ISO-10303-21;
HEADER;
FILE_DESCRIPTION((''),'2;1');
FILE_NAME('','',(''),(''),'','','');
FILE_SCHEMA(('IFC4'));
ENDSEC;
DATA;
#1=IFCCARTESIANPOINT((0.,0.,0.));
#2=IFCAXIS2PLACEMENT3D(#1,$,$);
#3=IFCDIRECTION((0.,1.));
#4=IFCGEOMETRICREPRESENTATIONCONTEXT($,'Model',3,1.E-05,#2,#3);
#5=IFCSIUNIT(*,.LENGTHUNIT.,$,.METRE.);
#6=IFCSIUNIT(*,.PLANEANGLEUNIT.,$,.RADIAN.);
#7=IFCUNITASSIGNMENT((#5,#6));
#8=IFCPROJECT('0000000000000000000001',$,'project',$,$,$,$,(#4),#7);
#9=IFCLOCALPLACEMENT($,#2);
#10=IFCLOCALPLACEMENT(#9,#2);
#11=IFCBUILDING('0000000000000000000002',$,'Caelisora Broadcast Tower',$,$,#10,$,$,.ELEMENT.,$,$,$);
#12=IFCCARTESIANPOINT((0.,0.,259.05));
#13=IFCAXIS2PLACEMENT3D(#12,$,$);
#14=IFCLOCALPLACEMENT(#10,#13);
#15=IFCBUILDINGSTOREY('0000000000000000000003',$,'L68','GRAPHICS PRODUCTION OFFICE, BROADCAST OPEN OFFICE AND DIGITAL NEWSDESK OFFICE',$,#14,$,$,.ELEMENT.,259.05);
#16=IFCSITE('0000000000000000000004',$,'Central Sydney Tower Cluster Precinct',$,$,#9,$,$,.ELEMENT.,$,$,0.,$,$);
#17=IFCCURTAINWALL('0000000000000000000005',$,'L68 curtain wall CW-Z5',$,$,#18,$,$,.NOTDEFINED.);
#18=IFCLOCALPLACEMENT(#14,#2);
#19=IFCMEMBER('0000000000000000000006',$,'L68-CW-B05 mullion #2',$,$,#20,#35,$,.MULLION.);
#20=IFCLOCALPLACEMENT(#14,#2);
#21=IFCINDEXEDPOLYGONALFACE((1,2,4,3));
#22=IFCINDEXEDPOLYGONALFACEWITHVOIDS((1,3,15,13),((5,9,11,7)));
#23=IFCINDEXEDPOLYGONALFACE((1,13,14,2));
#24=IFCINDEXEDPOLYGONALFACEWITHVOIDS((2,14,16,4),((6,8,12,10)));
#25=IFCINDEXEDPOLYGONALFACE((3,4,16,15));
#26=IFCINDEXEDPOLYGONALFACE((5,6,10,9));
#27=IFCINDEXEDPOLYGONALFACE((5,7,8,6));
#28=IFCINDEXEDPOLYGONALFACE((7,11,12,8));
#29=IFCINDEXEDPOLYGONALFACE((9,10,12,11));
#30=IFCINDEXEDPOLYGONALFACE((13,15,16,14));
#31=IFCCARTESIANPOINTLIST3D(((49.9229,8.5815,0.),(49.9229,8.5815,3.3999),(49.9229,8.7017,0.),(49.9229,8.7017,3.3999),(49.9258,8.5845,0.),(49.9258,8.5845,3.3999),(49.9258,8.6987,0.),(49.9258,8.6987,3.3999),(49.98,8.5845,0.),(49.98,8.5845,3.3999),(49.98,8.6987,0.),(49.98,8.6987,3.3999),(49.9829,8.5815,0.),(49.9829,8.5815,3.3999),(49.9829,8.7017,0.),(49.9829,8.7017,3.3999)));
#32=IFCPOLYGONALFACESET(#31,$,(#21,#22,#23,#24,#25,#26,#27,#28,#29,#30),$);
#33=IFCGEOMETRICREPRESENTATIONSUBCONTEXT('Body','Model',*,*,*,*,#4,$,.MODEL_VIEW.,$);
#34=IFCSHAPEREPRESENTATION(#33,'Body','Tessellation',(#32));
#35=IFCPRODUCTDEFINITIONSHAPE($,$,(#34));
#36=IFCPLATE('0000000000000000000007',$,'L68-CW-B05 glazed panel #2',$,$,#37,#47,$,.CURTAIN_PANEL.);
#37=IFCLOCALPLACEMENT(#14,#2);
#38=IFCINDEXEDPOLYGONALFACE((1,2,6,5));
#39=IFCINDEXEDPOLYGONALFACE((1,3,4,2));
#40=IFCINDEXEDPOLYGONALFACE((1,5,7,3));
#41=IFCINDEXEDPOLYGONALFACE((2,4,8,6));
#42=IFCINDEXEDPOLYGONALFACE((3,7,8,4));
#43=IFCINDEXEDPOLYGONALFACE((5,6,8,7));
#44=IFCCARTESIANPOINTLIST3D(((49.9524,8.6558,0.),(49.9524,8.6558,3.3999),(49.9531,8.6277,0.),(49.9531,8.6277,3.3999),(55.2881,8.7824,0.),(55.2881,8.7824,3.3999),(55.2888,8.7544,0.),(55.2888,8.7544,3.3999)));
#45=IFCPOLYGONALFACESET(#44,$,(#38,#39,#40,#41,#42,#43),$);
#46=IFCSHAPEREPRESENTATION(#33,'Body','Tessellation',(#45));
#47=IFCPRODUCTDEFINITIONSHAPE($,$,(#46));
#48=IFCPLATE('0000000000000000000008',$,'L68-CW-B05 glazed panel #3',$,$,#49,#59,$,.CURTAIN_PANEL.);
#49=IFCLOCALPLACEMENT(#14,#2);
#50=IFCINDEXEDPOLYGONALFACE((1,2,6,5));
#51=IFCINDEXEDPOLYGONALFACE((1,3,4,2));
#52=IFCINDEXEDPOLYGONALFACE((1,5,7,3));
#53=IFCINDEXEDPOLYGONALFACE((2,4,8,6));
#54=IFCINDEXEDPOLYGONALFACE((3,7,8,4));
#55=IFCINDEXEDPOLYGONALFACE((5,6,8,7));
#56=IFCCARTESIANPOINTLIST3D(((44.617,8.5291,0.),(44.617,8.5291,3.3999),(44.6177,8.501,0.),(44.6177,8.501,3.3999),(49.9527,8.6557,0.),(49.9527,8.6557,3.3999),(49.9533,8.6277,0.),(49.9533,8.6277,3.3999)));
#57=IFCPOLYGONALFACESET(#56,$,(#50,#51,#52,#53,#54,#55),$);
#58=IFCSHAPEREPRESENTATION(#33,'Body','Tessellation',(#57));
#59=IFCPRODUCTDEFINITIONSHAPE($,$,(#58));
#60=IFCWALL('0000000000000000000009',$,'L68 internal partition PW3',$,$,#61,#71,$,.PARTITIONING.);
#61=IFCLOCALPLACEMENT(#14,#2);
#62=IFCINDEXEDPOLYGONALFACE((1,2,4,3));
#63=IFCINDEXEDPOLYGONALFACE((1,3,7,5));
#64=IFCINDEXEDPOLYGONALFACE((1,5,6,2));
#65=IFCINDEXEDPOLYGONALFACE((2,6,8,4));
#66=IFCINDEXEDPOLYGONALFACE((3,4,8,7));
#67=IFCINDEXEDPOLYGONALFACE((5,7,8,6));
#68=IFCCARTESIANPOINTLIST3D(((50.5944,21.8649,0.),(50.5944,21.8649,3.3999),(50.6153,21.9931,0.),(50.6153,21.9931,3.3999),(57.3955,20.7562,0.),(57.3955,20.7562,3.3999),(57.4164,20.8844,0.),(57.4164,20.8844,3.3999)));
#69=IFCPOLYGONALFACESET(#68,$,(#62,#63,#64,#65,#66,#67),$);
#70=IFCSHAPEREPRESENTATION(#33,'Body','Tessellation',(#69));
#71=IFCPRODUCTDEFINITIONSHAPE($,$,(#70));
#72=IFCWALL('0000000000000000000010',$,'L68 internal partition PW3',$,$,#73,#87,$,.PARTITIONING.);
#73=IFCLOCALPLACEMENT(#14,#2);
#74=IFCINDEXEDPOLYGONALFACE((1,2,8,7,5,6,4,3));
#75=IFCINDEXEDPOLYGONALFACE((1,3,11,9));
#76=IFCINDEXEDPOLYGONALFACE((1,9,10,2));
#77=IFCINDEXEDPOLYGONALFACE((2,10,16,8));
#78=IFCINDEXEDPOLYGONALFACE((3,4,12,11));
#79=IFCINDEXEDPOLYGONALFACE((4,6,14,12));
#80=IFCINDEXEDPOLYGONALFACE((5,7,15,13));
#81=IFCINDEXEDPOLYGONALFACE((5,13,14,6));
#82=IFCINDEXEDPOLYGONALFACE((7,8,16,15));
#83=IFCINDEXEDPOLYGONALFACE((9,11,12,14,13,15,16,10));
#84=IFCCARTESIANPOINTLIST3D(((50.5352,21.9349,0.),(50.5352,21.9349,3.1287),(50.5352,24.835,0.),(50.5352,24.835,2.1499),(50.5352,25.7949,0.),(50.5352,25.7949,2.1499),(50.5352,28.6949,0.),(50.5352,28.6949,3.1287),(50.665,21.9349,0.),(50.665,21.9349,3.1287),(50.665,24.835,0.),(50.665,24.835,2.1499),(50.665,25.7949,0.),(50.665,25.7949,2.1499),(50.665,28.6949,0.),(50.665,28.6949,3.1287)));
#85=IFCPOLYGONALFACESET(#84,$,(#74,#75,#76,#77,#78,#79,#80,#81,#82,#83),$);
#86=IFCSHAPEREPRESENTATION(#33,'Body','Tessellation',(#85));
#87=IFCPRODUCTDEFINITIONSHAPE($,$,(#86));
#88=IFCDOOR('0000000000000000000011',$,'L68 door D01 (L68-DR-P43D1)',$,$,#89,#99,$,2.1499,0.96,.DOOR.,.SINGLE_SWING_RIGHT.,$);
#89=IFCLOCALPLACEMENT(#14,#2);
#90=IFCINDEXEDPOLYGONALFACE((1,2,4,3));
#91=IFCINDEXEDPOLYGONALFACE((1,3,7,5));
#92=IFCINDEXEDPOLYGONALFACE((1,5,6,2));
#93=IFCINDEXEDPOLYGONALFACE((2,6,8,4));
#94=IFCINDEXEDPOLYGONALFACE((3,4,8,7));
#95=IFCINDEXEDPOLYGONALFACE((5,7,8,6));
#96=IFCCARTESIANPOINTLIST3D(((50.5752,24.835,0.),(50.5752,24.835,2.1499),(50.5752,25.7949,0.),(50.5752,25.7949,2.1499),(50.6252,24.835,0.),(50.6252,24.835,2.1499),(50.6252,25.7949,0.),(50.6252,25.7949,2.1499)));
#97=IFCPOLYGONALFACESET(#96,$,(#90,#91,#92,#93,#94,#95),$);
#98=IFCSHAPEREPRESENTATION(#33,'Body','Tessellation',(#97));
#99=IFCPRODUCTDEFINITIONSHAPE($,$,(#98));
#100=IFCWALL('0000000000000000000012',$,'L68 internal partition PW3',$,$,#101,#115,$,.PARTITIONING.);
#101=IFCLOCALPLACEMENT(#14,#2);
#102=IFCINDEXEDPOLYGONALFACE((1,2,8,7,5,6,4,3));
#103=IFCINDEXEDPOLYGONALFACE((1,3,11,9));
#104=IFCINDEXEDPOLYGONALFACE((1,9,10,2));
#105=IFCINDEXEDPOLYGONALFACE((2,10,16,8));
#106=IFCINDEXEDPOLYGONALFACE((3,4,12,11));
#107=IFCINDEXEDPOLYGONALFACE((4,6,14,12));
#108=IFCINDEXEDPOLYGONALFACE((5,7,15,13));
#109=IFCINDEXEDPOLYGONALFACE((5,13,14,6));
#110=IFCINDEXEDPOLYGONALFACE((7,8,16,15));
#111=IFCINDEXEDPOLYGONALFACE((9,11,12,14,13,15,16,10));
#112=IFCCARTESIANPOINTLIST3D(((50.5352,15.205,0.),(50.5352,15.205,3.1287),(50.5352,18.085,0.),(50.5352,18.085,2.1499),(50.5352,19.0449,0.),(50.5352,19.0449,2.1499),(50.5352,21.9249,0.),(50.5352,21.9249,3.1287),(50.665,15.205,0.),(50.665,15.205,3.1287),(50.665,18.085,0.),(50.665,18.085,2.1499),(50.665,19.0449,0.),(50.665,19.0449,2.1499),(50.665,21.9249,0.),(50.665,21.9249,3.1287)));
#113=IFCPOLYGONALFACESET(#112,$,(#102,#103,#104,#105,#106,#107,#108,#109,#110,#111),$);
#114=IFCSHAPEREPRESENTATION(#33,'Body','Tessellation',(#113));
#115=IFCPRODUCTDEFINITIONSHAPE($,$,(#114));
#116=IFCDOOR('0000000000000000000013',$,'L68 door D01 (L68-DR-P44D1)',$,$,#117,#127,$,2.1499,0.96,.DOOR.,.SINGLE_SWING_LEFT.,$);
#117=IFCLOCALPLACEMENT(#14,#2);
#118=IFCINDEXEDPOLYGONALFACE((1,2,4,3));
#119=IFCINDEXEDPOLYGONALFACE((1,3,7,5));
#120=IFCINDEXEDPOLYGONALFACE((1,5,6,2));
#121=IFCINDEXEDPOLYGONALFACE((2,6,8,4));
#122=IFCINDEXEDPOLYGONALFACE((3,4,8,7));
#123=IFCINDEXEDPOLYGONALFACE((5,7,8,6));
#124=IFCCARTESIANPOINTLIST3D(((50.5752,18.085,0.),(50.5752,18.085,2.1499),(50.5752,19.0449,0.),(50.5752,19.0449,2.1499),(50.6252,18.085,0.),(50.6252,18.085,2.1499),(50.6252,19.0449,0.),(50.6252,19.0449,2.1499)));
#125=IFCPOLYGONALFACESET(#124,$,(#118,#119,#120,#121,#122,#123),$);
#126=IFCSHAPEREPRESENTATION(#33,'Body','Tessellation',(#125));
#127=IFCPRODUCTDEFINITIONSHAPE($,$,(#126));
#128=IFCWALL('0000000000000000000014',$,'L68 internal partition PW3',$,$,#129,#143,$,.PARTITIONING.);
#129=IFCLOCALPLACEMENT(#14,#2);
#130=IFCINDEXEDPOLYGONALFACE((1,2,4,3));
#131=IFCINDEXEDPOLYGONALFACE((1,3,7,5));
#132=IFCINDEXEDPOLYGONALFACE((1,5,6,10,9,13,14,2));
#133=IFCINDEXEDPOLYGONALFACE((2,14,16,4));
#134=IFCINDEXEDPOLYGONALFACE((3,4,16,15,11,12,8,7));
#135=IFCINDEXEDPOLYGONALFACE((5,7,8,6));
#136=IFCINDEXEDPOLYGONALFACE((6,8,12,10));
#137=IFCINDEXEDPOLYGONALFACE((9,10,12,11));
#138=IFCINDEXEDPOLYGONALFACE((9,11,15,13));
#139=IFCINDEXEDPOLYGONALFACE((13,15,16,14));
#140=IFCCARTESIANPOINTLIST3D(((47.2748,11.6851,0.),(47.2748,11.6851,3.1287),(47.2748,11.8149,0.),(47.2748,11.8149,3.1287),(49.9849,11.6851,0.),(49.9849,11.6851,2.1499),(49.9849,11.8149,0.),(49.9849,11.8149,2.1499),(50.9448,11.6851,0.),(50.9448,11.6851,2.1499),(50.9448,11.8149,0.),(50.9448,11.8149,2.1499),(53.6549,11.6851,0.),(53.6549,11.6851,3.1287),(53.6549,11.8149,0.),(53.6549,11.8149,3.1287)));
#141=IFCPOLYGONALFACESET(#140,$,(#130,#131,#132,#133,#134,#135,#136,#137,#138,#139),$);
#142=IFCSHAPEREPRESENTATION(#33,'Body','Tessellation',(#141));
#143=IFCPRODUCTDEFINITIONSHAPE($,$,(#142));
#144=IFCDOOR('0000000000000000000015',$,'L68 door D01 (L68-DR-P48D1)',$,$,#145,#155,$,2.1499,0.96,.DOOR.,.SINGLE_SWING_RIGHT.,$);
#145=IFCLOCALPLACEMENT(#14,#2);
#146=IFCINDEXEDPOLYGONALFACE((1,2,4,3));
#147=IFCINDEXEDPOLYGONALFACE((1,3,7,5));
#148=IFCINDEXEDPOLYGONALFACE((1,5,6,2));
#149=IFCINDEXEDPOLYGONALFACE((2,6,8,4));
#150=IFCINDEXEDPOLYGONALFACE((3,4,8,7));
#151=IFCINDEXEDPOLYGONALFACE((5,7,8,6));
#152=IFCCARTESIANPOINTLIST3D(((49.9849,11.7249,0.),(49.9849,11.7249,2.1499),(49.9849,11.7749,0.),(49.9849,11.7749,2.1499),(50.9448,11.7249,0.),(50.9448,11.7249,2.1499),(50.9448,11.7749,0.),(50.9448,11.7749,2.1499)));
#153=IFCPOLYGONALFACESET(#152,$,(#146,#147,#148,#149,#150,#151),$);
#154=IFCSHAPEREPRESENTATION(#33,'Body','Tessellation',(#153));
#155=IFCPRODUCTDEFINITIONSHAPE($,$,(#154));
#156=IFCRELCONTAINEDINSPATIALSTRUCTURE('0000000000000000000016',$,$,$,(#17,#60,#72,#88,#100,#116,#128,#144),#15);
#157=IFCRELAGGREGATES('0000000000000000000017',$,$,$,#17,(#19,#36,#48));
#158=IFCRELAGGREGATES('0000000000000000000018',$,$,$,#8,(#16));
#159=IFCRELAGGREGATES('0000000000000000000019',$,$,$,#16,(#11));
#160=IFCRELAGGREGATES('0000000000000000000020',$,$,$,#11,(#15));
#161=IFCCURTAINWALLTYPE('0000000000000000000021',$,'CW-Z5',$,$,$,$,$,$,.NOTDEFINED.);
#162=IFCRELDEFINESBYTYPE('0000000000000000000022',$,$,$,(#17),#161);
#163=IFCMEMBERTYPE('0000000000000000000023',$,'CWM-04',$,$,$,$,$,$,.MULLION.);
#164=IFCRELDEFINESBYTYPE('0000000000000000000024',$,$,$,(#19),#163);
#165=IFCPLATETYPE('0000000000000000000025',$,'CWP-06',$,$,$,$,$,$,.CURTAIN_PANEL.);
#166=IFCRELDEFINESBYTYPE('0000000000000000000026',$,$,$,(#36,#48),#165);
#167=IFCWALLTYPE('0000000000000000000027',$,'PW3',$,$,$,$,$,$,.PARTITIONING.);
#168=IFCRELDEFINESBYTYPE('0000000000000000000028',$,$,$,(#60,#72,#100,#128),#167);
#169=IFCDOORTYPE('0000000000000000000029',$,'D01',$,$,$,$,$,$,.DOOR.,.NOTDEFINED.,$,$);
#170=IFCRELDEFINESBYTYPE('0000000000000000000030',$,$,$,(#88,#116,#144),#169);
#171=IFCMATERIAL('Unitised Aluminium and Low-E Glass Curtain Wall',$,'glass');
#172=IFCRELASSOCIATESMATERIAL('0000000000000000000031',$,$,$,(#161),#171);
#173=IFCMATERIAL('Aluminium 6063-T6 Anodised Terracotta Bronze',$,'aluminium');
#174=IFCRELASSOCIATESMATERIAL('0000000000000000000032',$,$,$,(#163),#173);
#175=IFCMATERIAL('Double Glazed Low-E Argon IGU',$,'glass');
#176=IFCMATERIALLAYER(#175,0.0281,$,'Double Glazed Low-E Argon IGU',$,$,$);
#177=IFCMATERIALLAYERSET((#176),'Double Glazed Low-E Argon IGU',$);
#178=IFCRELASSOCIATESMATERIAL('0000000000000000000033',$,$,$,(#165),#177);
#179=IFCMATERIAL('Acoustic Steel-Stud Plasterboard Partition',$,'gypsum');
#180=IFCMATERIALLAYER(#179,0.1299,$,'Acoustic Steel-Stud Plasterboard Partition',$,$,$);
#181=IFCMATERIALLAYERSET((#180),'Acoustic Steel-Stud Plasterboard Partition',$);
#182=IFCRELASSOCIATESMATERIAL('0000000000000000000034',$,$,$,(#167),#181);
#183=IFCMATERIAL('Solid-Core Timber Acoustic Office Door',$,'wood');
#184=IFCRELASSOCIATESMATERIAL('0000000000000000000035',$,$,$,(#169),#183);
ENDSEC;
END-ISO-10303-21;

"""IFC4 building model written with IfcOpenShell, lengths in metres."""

from ifc_helpers import new_model, si_unit, direction, frame, frame_2d, origin, origin_2d, place, context, subcontext, project, spatial, rectangle, hollow_rectangle, extrude, source, transform, mapped, material, layer, layer_set, material_profile, profile_set, type_object, type_shapes, element, fill, aggregate, save


model = new_model("IFC4")

# Units and contexts
model_context = context("Model", 3, precision=1e-05, world=origin(), true_north=direction((0.0, 1.0)))
body_context = subcontext(model_context, "Body", "Model", "MODEL_VIEW")
ifc_project = project(units=[si_unit("LENGTHUNIT", "METRE"), si_unit("PLANEANGLEUNIT", "RADIAN")], contexts=[model_context])

# Site, building, storey
site_placement = place(None, origin())
site = spatial("IfcSite", under=ifc_project, at=site_placement, Name="Central Sydney Tower Cluster Precinct", CompositionType="ELEMENT", RefElevation=0.0)
building_placement = place(site_placement, origin())
building = spatial("IfcBuilding", under=site, at=building_placement, Name="Caelisora Broadcast Tower", CompositionType="ELEMENT")
storey_placement = place(building_placement, frame((0.0, 0.0, 259.05)))
storey = spatial("IfcBuildingStorey", under=building, at=storey_placement, Name="L68", Description="GRAPHICS PRODUCTION OFFICE, BROADCAST OPEN OFFICE AND DIGITAL NEWSDESK OFFICE", CompositionType="ELEMENT", Elevation=259.05)

# Curtain wall, member, plates
ifc_material_1 = material(Name="Unitised Aluminium and Low-E Glass Curtain Wall", Category="glass")
curtain_wall_type = type_object("IfcCurtainWallType", Name="CW-Z5", PredefinedType="NOTDEFINED", material=ifc_material_1)
curtain_wall_placement = place(storey_placement, origin())
curtain_wall = element("IfcCurtainWall", 1, at=curtain_wall_placement, inside=storey, type_object=curtain_wall_type, Name="L68 curtain wall CW-Z5", PredefinedType="NOTDEFINED")
ifc_material_2 = material(Name="Aluminium 6063-T6 Anodised Terracotta Bronze", Category="aluminium")
ifc_material_profile_1 = material_profile(ifc_material_2, hollow_rectangle(XDim=0.0601, YDim=0.1201, WallThickness=0.0029, at=origin_2d()), Name="Aluminium 6063-T6 Anodised Terracotta Bronze")
ifc_profile_set_1 = profile_set([ifc_material_profile_1], Name="Aluminium 6063-T6 Anodised Terracotta Bronze")
member_type = type_object("IfcMemberType", Name="CWM-04", PredefinedType="MULLION", material=ifc_profile_set_1)
shared_shape_1 = source(origin(), body_context, "Body", "SweptSolid", [
    extrude(hollow_rectangle(XDim=0.0601, YDim=0.1201, WallThickness=0.0029, at=origin_2d()), origin(), (0.0, 0.0, 1.0), 3.3999),
])
type_shapes(member_type, [shared_shape_1])
member_placement = place(storey_placement, frame((49.9529, 8.6416, 0.0), z_axis=(0.0, 0.0, 1.0), x_axis=(1.0, 0.0, 0.0)))
member = element("IfcMember", 2, at=member_placement, type_object=member_type, Name="L68-CW-B05 mullion #2", PredefinedType="MULLION", context=body_context, shape_type="MappedRepresentation", body=[
    mapped(shared_shape_1, transform((0.0, 0.0, 0.0), scale=1.0)),
])
ifc_material_3 = material(Name="Double Glazed Low-E Argon IGU", Category="glass")
ifc_layer_1 = layer(ifc_material_3, 0.0281, Name="Double Glazed Low-E Argon IGU")
ifc_layer_set_1 = layer_set([ifc_layer_1], Name="Double Glazed Low-E Argon IGU")
plate_type = type_object("IfcPlateType", Name="CWP-06", PredefinedType="CURTAIN_PANEL", material=ifc_layer_set_1)
shared_shape_2 = source(origin(), body_context, "Body", "SweptSolid", [
    extrude(rectangle(XDim=5.3372, YDim=0.0281, at=origin_2d()), origin(), (0.0, 0.0, 1.0), 3.3999),
])
type_shapes(plate_type, [shared_shape_2])
plate_1_placement = place(storey_placement, frame((52.6206, 8.7051, 0.0), z_axis=(0.0, 0.0, 1.0), x_axis=(-0.999718, -0.023734, 0.0)))
plate_1 = element("IfcPlate", 3, at=plate_1_placement, type_object=plate_type, Name="L68-CW-B05 glazed panel #2", PredefinedType="CURTAIN_PANEL", context=body_context, shape_type="MappedRepresentation", body=[
    mapped(shared_shape_2, transform((0.0, 0.0, 0.0), scale=1.0)),
])
plate_2_placement = place(storey_placement, frame((47.2852, 8.5784, 0.0), z_axis=(0.0, 0.0, 1.0), x_axis=(-0.999718, -0.023734, 0.0)))
plate_2 = element("IfcPlate", 4, at=plate_2_placement, type_object=plate_type, Name="L68-CW-B05 glazed panel #3", PredefinedType="CURTAIN_PANEL", context=body_context, shape_type="MappedRepresentation", body=[
    mapped(shared_shape_2, transform((0.0, 0.0, 0.0), scale=1.0)),
])
aggregate(curtain_wall, [member, plate_1, plate_2])

# Wall
ifc_material_4 = material(Name="Acoustic Steel-Stud Plasterboard Partition", Category="gypsum")
ifc_layer_2 = layer(ifc_material_4, 0.1299, Name="Acoustic Steel-Stud Plasterboard Partition")
ifc_layer_set_2 = layer_set([ifc_layer_2], Name="Acoustic Steel-Stud Plasterboard Partition")
wall_type = type_object("IfcWallType", Name="PW3", PredefinedType="PARTITIONING", material=ifc_layer_set_2)
wall_1_placement = place(storey_placement, frame((50.605, 21.929, 0.0), z_axis=(0.0, 0.0, 1.0), x_axis=(0.986973, -0.160888, 0.0)))
element("IfcWall", 5, at=wall_1_placement, inside=storey, type_object=wall_type, Name="L68 internal partition PW3", PredefinedType="PARTITIONING", context=body_context, shape_type="SweptSolid", body=[
    extrude(rectangle(XDim=6.8909, YDim=0.1299, at=frame_2d((3.4453, 0.0))), origin(), (0.0, 0.0, 1.0), 3.3999),
])

# Walls, openings, doors
wall_2_placement = place(storey_placement, frame((50.6001, 21.9351, 0.0), z_axis=(0.0, 0.0, 1.0), x_axis=(0.0, 1.0, 0.0)))
wall_2 = element("IfcWall", 6, at=wall_2_placement, inside=storey, type_object=wall_type, Name="L68 internal partition PW3", PredefinedType="PARTITIONING", context=body_context, shape_type="SweptSolid", body=[
    extrude(rectangle(XDim=6.76, YDim=0.1299, at=frame_2d((3.3799, 0.0))), origin(), (0.0, 0.0, 1.0), 3.1287),
])
opening_1_placement = place(wall_2_placement, frame((2.8999, 0.0, 0.0)))
opening_1 = element("IfcOpeningElement", 7, at=opening_1_placement, cuts=wall_2, PredefinedType="OPENING", context=body_context, shape_type="SweptSolid", body=[
    extrude(rectangle(XDim=0.96, YDim=2.1499, at=frame_2d((0.48, 1.075))), frame((0.0, 0.0769, 0.0), z_axis=(0.0, -1.0, 0.0), x_axis=(1.0, 0.0, 0.0)), (0.0, 0.0, 1.0), 0.1538),
])
ifc_material_5 = material(Name="Solid-Core Timber Acoustic Office Door", Category="wood")
door_type = type_object("IfcDoorType", Name="D01", OperationType="NOTDEFINED", PredefinedType="DOOR", material=ifc_material_5)
door_1_placement = place(opening_1_placement, origin())
door_1 = element("IfcDoor", 8, at=door_1_placement, inside=storey, type_object=door_type, Name="L68 door D01 (L68-DR-P43D1)", OperationType="SINGLE_SWING_RIGHT", OverallHeight=2.1499, OverallWidth=0.96, PredefinedType="DOOR", context=body_context, shape_type="SweptSolid", body=[
    extrude(rectangle(XDim=0.96, YDim=2.1499, at=frame_2d((0.48, 1.075))), frame((0.0, 0.0249, 0.0), z_axis=(0.0, -1.0, 0.0), x_axis=(1.0, 0.0, 0.0)), (0.0, 0.0, 1.0), 0.05),
])
fill(opening_1, door_1)
wall_3_placement = place(storey_placement, frame((50.6001, 15.2051, 0.0), z_axis=(0.0, 0.0, 1.0), x_axis=(0.0, 1.0, 0.0)))
wall_3 = element("IfcWall", 9, at=wall_3_placement, inside=storey, type_object=wall_type, Name="L68 internal partition PW3", PredefinedType="PARTITIONING", context=body_context, shape_type="SweptSolid", body=[
    extrude(rectangle(XDim=6.72, YDim=0.1299, at=frame_2d((3.3599, 0.0))), origin(), (0.0, 0.0, 1.0), 3.1287),
])
opening_2_placement = place(wall_3_placement, frame((2.8799, 0.0, 0.0)))
opening_2 = element("IfcOpeningElement", 10, at=opening_2_placement, cuts=wall_3, PredefinedType="OPENING", context=body_context, shape_type="SweptSolid", body=[
    extrude(rectangle(XDim=0.96, YDim=2.1499, at=frame_2d((0.48, 1.075))), frame((0.0, 0.0769, 0.0), z_axis=(0.0, -1.0, 0.0), x_axis=(1.0, 0.0, 0.0)), (0.0, 0.0, 1.0), 0.1538),
])
door_2_placement = place(opening_2_placement, origin())
door_2 = element("IfcDoor", 11, at=door_2_placement, inside=storey, type_object=door_type, Name="L68 door D01 (L68-DR-P44D1)", OperationType="SINGLE_SWING_LEFT", OverallHeight=2.1499, OverallWidth=0.96, PredefinedType="DOOR", context=body_context, shape_type="SweptSolid", body=[
    extrude(rectangle(XDim=0.96, YDim=2.1499, at=frame_2d((0.48, 1.075))), frame((0.0, 0.0249, 0.0), z_axis=(0.0, -1.0, 0.0), x_axis=(1.0, 0.0, 0.0)), (0.0, 0.0, 1.0), 0.05),
])
fill(opening_2, door_2)
wall_4_placement = place(storey_placement, frame((47.2749, 11.75, 0.0), z_axis=(0.0, 0.0, 1.0), x_axis=(1.0, 0.0, 0.0)))
wall_4 = element("IfcWall", 12, at=wall_4_placement, inside=storey, type_object=wall_type, Name="L68 internal partition PW3", PredefinedType="PARTITIONING", context=body_context, shape_type="SweptSolid", body=[
    extrude(rectangle(XDim=6.3801, YDim=0.1299, at=frame_2d((3.1899, 0.0))), origin(), (0.0, 0.0, 1.0), 3.1287),
])
opening_3_placement = place(wall_4_placement, frame((2.71, 0.0, 0.0)))
opening_3 = element("IfcOpeningElement", 13, at=opening_3_placement, cuts=wall_4, PredefinedType="OPENING", context=body_context, shape_type="SweptSolid", body=[
    extrude(rectangle(XDim=0.96, YDim=2.1499, at=frame_2d((0.48, 1.075))), frame((0.0, 0.0769, 0.0), z_axis=(0.0, -1.0, 0.0), x_axis=(1.0, 0.0, 0.0)), (0.0, 0.0, 1.0), 0.1538),
])
door_3_placement = place(opening_3_placement, origin())
door_3 = element("IfcDoor", 14, at=door_3_placement, inside=storey, type_object=door_type, Name="L68 door D01 (L68-DR-P48D1)", OperationType="SINGLE_SWING_RIGHT", OverallHeight=2.1499, OverallWidth=0.96, PredefinedType="DOOR", context=body_context, shape_type="SweptSolid", body=[
    extrude(rectangle(XDim=0.96, YDim=2.1499, at=frame_2d((0.48, 1.075))), frame((0.0, 0.0249, 0.0), z_axis=(0.0, -1.0, 0.0), x_axis=(1.0, 0.0, 0.0)), (0.0, 0.0, 1.0), 0.05),
])
fill(opening_3, door_3)

save(model, "model.ifc")
